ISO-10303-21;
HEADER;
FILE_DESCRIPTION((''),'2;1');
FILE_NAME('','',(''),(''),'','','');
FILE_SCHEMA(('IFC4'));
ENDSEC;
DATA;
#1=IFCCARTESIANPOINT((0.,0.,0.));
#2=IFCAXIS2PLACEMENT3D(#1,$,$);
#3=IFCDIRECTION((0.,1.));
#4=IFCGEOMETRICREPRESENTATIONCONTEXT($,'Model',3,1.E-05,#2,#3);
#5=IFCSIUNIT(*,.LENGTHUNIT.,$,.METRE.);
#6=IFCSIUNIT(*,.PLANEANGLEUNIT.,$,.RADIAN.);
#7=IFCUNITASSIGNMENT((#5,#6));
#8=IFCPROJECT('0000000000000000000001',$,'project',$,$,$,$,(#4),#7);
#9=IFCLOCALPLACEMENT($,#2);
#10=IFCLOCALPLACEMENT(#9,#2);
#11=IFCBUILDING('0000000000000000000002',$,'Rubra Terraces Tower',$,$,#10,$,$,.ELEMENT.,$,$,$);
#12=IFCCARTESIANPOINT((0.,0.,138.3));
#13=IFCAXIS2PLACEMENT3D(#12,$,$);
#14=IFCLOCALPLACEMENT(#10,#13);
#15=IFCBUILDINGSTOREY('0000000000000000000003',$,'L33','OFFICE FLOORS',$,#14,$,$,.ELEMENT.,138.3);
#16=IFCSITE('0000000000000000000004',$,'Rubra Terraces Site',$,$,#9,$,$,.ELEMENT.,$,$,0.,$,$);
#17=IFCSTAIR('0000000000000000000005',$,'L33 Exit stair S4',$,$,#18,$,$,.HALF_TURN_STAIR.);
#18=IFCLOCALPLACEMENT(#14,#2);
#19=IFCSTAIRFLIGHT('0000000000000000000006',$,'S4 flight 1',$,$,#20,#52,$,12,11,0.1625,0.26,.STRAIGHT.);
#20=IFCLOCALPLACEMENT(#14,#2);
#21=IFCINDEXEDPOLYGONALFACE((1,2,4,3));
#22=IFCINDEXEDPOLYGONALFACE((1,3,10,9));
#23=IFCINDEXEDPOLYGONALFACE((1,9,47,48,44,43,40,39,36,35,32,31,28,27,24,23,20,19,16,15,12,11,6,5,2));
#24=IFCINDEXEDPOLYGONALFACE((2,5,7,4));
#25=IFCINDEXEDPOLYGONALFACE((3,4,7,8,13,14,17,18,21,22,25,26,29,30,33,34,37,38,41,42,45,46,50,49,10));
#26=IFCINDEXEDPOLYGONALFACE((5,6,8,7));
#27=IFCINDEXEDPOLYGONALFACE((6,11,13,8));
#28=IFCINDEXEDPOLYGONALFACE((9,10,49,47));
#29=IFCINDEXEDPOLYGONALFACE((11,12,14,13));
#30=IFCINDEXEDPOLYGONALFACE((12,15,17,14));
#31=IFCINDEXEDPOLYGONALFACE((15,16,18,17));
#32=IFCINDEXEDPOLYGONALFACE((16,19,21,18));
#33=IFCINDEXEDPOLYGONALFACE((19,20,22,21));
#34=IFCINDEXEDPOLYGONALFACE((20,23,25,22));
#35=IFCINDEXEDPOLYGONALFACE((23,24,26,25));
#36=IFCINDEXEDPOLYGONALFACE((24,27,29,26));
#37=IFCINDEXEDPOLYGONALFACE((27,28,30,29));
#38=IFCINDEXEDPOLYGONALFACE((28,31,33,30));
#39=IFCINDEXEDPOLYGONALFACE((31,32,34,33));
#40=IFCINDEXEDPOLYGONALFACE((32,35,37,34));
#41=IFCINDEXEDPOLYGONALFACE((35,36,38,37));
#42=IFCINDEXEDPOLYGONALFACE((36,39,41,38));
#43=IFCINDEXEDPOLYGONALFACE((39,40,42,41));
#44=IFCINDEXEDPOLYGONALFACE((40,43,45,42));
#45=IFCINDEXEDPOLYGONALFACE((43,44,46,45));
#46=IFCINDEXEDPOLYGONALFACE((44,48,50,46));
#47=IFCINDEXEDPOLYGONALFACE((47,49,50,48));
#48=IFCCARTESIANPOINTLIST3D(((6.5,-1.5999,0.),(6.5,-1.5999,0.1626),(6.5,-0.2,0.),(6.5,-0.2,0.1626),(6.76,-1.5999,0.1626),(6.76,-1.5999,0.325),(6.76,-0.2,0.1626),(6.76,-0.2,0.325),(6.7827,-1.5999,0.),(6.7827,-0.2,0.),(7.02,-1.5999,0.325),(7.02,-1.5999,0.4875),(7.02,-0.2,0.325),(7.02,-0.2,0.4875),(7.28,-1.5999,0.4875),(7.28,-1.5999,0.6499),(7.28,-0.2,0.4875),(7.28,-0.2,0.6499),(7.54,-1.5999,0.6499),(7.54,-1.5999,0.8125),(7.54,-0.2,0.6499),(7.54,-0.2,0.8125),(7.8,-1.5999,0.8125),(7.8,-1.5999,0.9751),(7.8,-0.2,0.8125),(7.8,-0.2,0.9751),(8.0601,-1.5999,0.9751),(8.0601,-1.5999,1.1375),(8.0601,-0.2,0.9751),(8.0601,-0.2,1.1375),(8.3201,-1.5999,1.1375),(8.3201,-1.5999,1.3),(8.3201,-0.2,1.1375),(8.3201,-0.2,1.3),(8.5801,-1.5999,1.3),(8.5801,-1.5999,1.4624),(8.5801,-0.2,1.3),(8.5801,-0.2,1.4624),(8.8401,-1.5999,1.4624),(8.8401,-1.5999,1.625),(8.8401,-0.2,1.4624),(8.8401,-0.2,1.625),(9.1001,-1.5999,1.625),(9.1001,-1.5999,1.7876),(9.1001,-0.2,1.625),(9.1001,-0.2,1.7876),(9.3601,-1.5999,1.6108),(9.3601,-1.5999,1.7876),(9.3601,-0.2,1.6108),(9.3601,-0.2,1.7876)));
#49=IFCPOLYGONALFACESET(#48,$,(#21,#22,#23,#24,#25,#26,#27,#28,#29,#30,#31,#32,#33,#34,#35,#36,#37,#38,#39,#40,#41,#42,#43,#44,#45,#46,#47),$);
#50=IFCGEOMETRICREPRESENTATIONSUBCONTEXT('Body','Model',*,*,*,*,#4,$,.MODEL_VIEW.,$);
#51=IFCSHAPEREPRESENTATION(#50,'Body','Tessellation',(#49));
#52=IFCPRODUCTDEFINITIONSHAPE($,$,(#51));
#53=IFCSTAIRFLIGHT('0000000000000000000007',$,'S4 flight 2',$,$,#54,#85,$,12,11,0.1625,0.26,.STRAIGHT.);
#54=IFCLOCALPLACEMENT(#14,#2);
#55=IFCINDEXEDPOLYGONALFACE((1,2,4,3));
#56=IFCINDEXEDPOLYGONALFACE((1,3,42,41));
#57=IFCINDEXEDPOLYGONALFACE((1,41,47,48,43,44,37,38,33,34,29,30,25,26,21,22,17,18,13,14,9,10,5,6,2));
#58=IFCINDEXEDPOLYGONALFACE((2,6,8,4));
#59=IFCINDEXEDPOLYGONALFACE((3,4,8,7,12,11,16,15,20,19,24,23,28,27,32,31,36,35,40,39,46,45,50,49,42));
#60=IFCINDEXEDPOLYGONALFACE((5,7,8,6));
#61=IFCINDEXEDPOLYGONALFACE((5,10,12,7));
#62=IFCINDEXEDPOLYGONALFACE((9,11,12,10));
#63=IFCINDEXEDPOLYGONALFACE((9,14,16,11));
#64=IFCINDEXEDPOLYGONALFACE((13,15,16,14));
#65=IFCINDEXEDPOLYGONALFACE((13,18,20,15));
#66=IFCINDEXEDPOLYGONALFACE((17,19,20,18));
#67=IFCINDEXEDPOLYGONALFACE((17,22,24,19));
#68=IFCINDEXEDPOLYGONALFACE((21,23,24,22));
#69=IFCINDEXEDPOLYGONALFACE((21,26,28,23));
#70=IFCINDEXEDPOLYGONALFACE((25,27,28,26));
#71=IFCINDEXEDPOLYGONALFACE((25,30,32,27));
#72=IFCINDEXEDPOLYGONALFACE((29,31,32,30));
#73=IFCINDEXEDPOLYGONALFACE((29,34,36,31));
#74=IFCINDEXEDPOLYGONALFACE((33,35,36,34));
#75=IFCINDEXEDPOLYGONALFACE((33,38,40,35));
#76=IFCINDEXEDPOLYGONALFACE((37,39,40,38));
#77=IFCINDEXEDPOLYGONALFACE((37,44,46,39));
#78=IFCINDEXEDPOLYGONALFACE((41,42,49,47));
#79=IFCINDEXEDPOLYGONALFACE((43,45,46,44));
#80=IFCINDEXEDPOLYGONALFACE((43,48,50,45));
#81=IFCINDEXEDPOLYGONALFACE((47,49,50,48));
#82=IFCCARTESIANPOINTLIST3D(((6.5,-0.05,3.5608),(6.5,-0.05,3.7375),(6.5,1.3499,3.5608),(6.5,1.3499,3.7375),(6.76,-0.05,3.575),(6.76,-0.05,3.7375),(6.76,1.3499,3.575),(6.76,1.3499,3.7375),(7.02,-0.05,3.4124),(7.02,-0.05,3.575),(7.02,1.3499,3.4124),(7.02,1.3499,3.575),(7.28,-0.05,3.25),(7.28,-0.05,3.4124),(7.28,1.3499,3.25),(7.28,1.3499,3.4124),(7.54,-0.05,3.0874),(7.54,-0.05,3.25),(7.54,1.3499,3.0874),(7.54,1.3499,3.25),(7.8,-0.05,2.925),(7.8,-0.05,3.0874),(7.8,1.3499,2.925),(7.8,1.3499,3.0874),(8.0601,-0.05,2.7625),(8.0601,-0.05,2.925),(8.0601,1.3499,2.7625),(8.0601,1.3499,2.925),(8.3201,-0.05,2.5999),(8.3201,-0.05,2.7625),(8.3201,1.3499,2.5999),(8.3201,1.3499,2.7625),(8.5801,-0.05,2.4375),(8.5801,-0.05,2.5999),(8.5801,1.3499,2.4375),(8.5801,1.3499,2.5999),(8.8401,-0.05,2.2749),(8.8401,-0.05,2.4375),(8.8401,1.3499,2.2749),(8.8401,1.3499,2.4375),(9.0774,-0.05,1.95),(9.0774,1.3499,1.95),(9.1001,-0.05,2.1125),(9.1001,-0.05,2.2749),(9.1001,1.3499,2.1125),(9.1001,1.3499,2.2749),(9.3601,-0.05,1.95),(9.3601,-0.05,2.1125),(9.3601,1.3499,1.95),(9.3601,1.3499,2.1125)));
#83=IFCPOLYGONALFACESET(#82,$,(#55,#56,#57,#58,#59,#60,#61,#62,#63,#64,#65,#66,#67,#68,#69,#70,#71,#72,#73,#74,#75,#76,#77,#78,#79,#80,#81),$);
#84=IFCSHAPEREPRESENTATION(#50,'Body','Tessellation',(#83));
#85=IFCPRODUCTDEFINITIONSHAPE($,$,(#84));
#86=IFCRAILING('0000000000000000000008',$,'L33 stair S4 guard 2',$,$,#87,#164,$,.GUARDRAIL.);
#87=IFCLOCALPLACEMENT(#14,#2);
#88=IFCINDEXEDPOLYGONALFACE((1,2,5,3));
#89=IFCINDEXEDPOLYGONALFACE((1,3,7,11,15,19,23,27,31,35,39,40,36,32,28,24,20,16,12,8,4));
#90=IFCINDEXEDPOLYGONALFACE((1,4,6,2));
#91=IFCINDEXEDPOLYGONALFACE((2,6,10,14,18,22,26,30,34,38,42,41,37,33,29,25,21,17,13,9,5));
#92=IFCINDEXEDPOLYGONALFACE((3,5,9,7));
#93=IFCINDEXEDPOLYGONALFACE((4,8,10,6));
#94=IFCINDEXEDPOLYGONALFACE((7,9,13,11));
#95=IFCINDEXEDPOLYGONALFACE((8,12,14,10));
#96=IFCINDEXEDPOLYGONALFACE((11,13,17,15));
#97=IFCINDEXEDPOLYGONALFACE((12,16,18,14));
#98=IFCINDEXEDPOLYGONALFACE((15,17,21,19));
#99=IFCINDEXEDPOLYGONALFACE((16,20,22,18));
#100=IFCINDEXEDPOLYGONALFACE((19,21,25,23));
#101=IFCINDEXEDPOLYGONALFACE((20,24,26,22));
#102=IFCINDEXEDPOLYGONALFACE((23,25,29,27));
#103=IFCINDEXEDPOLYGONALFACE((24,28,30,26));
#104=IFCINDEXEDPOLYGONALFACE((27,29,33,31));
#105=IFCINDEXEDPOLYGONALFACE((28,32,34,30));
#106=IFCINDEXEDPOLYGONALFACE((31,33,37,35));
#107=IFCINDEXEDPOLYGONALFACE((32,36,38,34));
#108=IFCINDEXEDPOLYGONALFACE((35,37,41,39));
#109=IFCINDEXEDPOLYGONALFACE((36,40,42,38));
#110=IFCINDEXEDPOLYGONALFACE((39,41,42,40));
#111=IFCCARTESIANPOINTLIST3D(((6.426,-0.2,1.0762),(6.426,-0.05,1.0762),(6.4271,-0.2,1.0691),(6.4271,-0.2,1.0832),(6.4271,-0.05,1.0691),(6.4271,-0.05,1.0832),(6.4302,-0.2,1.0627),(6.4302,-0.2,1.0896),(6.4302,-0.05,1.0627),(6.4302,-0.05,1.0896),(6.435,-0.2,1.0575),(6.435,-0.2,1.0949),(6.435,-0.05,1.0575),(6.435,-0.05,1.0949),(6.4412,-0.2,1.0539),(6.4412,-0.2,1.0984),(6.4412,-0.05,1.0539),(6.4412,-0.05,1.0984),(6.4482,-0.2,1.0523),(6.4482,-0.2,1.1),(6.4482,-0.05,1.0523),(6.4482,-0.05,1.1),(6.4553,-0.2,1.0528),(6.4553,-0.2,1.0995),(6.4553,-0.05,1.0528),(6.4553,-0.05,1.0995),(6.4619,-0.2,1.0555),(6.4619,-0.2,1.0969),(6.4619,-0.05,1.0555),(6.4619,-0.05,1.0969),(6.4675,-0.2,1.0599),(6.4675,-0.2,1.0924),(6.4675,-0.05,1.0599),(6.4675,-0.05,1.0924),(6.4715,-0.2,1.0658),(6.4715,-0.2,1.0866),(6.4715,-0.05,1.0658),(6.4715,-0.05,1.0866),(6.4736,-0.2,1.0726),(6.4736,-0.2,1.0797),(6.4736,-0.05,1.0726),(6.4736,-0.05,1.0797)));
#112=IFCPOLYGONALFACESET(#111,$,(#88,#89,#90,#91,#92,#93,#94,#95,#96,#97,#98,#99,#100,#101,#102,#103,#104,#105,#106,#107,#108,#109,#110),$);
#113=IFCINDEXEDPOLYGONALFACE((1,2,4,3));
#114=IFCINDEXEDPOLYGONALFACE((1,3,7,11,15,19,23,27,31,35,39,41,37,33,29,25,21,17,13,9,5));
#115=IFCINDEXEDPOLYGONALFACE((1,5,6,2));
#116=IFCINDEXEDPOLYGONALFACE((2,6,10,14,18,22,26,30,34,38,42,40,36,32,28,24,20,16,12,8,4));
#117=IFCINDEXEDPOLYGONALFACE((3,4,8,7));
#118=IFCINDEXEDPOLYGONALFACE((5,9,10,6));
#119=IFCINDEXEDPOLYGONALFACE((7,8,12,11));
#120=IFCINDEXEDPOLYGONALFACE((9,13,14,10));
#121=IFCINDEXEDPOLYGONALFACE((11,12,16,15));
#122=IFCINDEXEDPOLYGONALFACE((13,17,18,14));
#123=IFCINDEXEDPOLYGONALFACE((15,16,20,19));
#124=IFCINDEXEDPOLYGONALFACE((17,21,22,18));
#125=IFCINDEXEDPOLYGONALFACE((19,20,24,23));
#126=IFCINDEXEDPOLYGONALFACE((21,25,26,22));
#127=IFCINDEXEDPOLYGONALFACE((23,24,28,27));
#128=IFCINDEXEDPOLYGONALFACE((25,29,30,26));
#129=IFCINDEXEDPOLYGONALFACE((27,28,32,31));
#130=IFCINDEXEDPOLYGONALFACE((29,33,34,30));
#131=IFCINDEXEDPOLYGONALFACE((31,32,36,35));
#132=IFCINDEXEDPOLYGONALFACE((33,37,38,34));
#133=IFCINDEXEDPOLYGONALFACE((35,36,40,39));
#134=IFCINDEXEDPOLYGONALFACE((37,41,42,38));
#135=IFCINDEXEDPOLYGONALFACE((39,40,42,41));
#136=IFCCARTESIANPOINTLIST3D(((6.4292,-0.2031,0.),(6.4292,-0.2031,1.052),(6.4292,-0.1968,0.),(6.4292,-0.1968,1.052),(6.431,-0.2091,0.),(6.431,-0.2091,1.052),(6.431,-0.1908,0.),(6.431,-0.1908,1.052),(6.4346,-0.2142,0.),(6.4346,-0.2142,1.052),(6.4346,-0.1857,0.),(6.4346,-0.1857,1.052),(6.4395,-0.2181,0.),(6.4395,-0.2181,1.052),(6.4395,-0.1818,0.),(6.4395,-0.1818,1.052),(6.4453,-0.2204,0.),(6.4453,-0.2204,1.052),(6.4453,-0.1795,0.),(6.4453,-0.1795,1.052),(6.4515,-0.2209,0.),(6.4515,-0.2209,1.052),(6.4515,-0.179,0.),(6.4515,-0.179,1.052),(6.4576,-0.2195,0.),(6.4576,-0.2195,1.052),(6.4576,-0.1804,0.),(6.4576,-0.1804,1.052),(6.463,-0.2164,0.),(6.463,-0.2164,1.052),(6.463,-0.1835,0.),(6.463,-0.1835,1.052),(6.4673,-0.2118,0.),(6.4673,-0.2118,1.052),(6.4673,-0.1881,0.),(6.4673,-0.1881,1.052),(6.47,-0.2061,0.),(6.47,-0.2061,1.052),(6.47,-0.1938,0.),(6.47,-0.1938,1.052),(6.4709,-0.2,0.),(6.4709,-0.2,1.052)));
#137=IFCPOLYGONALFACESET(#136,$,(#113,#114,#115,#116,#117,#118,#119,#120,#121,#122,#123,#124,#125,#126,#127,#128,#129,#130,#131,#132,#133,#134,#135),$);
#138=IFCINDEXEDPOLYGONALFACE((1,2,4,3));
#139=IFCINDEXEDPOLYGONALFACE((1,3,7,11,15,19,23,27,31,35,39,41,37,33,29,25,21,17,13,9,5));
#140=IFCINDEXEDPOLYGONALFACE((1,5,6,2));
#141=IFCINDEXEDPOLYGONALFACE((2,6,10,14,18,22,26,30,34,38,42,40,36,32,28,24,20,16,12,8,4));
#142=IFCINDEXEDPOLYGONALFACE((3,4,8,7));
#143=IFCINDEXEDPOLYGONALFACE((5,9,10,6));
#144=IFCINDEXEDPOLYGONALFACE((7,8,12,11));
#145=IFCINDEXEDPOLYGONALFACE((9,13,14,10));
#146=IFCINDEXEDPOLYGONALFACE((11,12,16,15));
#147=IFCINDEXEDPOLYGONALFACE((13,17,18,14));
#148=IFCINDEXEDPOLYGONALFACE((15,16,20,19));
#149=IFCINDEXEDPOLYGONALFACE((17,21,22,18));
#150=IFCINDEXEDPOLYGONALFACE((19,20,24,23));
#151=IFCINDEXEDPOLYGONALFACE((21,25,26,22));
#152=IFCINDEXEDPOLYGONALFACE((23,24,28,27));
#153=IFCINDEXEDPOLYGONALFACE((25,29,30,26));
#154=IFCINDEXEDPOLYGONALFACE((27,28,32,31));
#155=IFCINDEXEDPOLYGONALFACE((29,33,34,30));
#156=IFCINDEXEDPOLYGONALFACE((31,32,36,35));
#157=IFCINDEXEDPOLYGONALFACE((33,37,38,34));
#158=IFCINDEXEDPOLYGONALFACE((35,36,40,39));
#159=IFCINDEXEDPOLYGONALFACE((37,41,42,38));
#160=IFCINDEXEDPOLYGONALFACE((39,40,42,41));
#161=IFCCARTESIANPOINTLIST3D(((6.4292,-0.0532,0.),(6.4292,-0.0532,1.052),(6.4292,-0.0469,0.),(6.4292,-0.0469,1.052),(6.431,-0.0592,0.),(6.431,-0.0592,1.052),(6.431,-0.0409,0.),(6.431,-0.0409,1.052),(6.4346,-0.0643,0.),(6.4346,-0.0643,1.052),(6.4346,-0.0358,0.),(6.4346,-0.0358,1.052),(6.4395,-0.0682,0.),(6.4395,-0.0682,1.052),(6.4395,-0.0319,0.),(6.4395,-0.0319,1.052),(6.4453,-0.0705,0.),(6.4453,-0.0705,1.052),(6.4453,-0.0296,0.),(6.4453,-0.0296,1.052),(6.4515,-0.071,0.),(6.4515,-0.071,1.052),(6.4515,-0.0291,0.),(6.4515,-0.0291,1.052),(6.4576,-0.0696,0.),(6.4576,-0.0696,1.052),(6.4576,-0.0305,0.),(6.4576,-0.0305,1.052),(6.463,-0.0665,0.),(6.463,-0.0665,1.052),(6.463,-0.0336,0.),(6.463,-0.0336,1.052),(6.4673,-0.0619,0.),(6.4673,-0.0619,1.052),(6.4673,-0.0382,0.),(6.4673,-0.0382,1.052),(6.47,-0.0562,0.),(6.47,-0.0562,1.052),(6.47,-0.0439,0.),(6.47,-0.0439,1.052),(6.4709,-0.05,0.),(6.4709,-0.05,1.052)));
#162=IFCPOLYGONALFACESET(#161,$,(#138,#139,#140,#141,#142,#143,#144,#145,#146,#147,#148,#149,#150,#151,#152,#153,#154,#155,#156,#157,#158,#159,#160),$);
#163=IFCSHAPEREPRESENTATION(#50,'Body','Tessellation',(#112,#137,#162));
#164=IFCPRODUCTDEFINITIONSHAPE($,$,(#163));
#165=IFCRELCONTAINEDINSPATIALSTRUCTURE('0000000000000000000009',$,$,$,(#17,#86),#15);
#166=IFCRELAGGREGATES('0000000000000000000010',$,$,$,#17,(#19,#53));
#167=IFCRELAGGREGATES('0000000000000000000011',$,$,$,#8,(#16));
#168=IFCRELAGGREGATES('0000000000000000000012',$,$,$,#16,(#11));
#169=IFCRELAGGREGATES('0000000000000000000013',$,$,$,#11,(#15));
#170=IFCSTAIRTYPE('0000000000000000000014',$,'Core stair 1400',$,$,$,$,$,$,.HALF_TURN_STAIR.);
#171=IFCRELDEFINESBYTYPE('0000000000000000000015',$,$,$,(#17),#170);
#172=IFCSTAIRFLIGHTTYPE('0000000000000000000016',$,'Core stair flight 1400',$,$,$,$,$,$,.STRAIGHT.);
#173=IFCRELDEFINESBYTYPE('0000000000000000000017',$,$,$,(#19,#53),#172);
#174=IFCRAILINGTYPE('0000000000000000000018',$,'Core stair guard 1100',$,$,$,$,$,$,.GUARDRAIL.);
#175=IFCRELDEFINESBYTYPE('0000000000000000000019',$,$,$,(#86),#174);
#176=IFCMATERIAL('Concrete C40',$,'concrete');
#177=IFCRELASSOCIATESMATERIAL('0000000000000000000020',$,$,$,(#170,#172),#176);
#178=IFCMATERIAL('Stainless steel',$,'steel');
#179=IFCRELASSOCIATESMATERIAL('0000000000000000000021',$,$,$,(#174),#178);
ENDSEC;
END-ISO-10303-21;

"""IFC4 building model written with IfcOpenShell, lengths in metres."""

from ifc_helpers import new_model, si_unit, direction, frame, origin, origin_2d, place, context, subcontext, project, spatial, polyline, circle, outline, extrude, material, type_object, element, aggregate, save


model = new_model("IFC4")

# Units and contexts
model_context = context("Model", 3, precision=1e-05, world=origin(), true_north=direction((0.0, 1.0)))
body_context = subcontext(model_context, "Body", "Model", "MODEL_VIEW")
ifc_project = project(units=[si_unit("LENGTHUNIT", "METRE"), si_unit("PLANEANGLEUNIT", "RADIAN")], contexts=[model_context])

# Site, building, storey
site_placement = place(None, origin())
site = spatial("IfcSite", under=ifc_project, at=site_placement, Name="Rubra Terraces Site", CompositionType="ELEMENT", RefElevation=0.0)
building_placement = place(site_placement, origin())
building = spatial("IfcBuilding", under=site, at=building_placement, Name="Rubra Terraces Tower", CompositionType="ELEMENT")
storey_placement = place(building_placement, frame((0.0, 0.0, 138.3)))
storey = spatial("IfcBuildingStorey", under=building, at=storey_placement, Name="L33", Description="OFFICE FLOORS", CompositionType="ELEMENT", Elevation=138.3)

# Stair
ifc_material_1 = material(Name="Concrete C40", Category="concrete")
stair_type = type_object("IfcStairType", Name="Core stair 1400", PredefinedType="HALF_TURN_STAIR", material=ifc_material_1)
stair_1_placement = place(storey_placement, origin())
stair_1 = element("IfcStair", 1, at=stair_1_placement, inside=storey, type_object=stair_type, Name="L33 Exit stair S4", PredefinedType="HALF_TURN_STAIR")

# Stair flights
stair_flight_type = type_object("IfcStairFlightType", Name="Core stair flight 1400", PredefinedType="STRAIGHT", material=ifc_material_1)
stair_flight_1_placement = place(storey_placement, frame((6.5, -0.8999, 0.0), z_axis=(0.0, 0.0, 1.0), x_axis=(1.0, 0.0, 0.0)))
stair_flight_1 = element("IfcStairFlight", 2, at=stair_flight_1_placement, type_object=stair_flight_type, Name="S4 flight 1", NumberOfRisers=12, NumberOfTreads=11, PredefinedType="STRAIGHT", RiserHeight=0.1625, TreadLength=0.26, context=body_context, shape_type="SweptSolid", body=[
    extrude(outline(polyline([(0.0, 0.0), (0.0, 0.1626), (0.26, 0.1626), (0.26, 0.325), (0.52, 0.325), (0.52, 0.4875), (0.78, 0.4875), (0.78, 0.6499), (1.04, 0.6499), (1.04, 0.8125), (1.3, 0.8125), (1.3, 0.9751), (1.5601, 0.9751), (1.5601, 1.1375), (1.8201, 1.1375), (1.8201, 1.3), (2.0801, 1.3), (2.0801, 1.4624), (2.3401, 1.4624), (2.3401, 1.625), (2.6001, 1.625), (2.6001, 1.7876), (2.8601, 1.7876), (2.8601, 1.95), (2.8601, 1.6108), (0.2827, 0.0), (0.0, 0.0)])), frame((0.0, 0.7, 0.0), z_axis=(0.0, -1.0, 0.0), x_axis=(1.0, 0.0, 0.0)), (0.0, 0.0, 1.0), 1.3999),
])
stair_flight_2_placement = place(storey_placement, frame((9.3601, 0.6499, 1.95), z_axis=(0.0, 0.0, 1.0), x_axis=(-1.0, 0.0, 0.0)))
stair_flight_2 = element("IfcStairFlight", 3, at=stair_flight_2_placement, type_object=stair_flight_type, Name="S4 flight 2", NumberOfRisers=12, NumberOfTreads=11, PredefinedType="STRAIGHT", RiserHeight=0.1625, TreadLength=0.26, context=body_context, shape_type="SweptSolid", body=[
    extrude(outline(polyline([(0.0, 0.0), (0.0, 0.1626), (0.26, 0.1626), (0.26, 0.325), (0.52, 0.325), (0.52, 0.4875), (0.78, 0.4875), (0.78, 0.6499), (1.04, 0.6499), (1.04, 0.8125), (1.3, 0.8125), (1.3, 0.9751), (1.5601, 0.9751), (1.5601, 1.1375), (1.8201, 1.1375), (1.8201, 1.3), (2.0801, 1.3), (2.0801, 1.4624), (2.3401, 1.4624), (2.3401, 1.625), (2.6001, 1.625), (2.6001, 1.7876), (2.8601, 1.7876), (2.8601, 1.95), (2.8601, 1.6108), (0.2827, 0.0), (0.0, 0.0)])), frame((0.0, 0.7, 0.0), z_axis=(0.0, -1.0, 0.0), x_axis=(1.0, 0.0, 0.0)), (0.0, 0.0, 1.0), 1.3999),
])
aggregate(stair_1, [stair_flight_1, stair_flight_2])

# Railing
ifc_material_2 = material(Name="Stainless steel", Category="steel")
railing_type_1 = type_object("IfcRailingType", Name="Core stair guard 1100", PredefinedType="GUARDRAIL", material=ifc_material_2)
railing_1_placement = place(storey_placement, frame((6.45, -0.2, 0.0)))
element("IfcRailing", 4, at=railing_1_placement, inside=storey, type_object=railing_type_1, Name="L33 stair S4 guard 2", PredefinedType="GUARDRAIL", context=body_context, shape_type="SweptSolid", body=[
    extrude(circle(Radius=0.0239, at=origin_2d()), frame((0.0, 0.0, 1.0762), z_axis=(0.0, 1.0, 0.0), x_axis=(-1.0, 0.0, 0.0)), (0.0, 0.0, 1.0), 0.1499),
    extrude(circle(Radius=0.021, at=origin_2d()), origin(), (0.0, 0.0, 1.0), 1.052),
    extrude(circle(Radius=0.021, at=origin_2d()), frame((0.0, 0.1499, 0.0)), (0.0, 0.0, 1.0), 1.052),
])

save(model, "model.ifc")
